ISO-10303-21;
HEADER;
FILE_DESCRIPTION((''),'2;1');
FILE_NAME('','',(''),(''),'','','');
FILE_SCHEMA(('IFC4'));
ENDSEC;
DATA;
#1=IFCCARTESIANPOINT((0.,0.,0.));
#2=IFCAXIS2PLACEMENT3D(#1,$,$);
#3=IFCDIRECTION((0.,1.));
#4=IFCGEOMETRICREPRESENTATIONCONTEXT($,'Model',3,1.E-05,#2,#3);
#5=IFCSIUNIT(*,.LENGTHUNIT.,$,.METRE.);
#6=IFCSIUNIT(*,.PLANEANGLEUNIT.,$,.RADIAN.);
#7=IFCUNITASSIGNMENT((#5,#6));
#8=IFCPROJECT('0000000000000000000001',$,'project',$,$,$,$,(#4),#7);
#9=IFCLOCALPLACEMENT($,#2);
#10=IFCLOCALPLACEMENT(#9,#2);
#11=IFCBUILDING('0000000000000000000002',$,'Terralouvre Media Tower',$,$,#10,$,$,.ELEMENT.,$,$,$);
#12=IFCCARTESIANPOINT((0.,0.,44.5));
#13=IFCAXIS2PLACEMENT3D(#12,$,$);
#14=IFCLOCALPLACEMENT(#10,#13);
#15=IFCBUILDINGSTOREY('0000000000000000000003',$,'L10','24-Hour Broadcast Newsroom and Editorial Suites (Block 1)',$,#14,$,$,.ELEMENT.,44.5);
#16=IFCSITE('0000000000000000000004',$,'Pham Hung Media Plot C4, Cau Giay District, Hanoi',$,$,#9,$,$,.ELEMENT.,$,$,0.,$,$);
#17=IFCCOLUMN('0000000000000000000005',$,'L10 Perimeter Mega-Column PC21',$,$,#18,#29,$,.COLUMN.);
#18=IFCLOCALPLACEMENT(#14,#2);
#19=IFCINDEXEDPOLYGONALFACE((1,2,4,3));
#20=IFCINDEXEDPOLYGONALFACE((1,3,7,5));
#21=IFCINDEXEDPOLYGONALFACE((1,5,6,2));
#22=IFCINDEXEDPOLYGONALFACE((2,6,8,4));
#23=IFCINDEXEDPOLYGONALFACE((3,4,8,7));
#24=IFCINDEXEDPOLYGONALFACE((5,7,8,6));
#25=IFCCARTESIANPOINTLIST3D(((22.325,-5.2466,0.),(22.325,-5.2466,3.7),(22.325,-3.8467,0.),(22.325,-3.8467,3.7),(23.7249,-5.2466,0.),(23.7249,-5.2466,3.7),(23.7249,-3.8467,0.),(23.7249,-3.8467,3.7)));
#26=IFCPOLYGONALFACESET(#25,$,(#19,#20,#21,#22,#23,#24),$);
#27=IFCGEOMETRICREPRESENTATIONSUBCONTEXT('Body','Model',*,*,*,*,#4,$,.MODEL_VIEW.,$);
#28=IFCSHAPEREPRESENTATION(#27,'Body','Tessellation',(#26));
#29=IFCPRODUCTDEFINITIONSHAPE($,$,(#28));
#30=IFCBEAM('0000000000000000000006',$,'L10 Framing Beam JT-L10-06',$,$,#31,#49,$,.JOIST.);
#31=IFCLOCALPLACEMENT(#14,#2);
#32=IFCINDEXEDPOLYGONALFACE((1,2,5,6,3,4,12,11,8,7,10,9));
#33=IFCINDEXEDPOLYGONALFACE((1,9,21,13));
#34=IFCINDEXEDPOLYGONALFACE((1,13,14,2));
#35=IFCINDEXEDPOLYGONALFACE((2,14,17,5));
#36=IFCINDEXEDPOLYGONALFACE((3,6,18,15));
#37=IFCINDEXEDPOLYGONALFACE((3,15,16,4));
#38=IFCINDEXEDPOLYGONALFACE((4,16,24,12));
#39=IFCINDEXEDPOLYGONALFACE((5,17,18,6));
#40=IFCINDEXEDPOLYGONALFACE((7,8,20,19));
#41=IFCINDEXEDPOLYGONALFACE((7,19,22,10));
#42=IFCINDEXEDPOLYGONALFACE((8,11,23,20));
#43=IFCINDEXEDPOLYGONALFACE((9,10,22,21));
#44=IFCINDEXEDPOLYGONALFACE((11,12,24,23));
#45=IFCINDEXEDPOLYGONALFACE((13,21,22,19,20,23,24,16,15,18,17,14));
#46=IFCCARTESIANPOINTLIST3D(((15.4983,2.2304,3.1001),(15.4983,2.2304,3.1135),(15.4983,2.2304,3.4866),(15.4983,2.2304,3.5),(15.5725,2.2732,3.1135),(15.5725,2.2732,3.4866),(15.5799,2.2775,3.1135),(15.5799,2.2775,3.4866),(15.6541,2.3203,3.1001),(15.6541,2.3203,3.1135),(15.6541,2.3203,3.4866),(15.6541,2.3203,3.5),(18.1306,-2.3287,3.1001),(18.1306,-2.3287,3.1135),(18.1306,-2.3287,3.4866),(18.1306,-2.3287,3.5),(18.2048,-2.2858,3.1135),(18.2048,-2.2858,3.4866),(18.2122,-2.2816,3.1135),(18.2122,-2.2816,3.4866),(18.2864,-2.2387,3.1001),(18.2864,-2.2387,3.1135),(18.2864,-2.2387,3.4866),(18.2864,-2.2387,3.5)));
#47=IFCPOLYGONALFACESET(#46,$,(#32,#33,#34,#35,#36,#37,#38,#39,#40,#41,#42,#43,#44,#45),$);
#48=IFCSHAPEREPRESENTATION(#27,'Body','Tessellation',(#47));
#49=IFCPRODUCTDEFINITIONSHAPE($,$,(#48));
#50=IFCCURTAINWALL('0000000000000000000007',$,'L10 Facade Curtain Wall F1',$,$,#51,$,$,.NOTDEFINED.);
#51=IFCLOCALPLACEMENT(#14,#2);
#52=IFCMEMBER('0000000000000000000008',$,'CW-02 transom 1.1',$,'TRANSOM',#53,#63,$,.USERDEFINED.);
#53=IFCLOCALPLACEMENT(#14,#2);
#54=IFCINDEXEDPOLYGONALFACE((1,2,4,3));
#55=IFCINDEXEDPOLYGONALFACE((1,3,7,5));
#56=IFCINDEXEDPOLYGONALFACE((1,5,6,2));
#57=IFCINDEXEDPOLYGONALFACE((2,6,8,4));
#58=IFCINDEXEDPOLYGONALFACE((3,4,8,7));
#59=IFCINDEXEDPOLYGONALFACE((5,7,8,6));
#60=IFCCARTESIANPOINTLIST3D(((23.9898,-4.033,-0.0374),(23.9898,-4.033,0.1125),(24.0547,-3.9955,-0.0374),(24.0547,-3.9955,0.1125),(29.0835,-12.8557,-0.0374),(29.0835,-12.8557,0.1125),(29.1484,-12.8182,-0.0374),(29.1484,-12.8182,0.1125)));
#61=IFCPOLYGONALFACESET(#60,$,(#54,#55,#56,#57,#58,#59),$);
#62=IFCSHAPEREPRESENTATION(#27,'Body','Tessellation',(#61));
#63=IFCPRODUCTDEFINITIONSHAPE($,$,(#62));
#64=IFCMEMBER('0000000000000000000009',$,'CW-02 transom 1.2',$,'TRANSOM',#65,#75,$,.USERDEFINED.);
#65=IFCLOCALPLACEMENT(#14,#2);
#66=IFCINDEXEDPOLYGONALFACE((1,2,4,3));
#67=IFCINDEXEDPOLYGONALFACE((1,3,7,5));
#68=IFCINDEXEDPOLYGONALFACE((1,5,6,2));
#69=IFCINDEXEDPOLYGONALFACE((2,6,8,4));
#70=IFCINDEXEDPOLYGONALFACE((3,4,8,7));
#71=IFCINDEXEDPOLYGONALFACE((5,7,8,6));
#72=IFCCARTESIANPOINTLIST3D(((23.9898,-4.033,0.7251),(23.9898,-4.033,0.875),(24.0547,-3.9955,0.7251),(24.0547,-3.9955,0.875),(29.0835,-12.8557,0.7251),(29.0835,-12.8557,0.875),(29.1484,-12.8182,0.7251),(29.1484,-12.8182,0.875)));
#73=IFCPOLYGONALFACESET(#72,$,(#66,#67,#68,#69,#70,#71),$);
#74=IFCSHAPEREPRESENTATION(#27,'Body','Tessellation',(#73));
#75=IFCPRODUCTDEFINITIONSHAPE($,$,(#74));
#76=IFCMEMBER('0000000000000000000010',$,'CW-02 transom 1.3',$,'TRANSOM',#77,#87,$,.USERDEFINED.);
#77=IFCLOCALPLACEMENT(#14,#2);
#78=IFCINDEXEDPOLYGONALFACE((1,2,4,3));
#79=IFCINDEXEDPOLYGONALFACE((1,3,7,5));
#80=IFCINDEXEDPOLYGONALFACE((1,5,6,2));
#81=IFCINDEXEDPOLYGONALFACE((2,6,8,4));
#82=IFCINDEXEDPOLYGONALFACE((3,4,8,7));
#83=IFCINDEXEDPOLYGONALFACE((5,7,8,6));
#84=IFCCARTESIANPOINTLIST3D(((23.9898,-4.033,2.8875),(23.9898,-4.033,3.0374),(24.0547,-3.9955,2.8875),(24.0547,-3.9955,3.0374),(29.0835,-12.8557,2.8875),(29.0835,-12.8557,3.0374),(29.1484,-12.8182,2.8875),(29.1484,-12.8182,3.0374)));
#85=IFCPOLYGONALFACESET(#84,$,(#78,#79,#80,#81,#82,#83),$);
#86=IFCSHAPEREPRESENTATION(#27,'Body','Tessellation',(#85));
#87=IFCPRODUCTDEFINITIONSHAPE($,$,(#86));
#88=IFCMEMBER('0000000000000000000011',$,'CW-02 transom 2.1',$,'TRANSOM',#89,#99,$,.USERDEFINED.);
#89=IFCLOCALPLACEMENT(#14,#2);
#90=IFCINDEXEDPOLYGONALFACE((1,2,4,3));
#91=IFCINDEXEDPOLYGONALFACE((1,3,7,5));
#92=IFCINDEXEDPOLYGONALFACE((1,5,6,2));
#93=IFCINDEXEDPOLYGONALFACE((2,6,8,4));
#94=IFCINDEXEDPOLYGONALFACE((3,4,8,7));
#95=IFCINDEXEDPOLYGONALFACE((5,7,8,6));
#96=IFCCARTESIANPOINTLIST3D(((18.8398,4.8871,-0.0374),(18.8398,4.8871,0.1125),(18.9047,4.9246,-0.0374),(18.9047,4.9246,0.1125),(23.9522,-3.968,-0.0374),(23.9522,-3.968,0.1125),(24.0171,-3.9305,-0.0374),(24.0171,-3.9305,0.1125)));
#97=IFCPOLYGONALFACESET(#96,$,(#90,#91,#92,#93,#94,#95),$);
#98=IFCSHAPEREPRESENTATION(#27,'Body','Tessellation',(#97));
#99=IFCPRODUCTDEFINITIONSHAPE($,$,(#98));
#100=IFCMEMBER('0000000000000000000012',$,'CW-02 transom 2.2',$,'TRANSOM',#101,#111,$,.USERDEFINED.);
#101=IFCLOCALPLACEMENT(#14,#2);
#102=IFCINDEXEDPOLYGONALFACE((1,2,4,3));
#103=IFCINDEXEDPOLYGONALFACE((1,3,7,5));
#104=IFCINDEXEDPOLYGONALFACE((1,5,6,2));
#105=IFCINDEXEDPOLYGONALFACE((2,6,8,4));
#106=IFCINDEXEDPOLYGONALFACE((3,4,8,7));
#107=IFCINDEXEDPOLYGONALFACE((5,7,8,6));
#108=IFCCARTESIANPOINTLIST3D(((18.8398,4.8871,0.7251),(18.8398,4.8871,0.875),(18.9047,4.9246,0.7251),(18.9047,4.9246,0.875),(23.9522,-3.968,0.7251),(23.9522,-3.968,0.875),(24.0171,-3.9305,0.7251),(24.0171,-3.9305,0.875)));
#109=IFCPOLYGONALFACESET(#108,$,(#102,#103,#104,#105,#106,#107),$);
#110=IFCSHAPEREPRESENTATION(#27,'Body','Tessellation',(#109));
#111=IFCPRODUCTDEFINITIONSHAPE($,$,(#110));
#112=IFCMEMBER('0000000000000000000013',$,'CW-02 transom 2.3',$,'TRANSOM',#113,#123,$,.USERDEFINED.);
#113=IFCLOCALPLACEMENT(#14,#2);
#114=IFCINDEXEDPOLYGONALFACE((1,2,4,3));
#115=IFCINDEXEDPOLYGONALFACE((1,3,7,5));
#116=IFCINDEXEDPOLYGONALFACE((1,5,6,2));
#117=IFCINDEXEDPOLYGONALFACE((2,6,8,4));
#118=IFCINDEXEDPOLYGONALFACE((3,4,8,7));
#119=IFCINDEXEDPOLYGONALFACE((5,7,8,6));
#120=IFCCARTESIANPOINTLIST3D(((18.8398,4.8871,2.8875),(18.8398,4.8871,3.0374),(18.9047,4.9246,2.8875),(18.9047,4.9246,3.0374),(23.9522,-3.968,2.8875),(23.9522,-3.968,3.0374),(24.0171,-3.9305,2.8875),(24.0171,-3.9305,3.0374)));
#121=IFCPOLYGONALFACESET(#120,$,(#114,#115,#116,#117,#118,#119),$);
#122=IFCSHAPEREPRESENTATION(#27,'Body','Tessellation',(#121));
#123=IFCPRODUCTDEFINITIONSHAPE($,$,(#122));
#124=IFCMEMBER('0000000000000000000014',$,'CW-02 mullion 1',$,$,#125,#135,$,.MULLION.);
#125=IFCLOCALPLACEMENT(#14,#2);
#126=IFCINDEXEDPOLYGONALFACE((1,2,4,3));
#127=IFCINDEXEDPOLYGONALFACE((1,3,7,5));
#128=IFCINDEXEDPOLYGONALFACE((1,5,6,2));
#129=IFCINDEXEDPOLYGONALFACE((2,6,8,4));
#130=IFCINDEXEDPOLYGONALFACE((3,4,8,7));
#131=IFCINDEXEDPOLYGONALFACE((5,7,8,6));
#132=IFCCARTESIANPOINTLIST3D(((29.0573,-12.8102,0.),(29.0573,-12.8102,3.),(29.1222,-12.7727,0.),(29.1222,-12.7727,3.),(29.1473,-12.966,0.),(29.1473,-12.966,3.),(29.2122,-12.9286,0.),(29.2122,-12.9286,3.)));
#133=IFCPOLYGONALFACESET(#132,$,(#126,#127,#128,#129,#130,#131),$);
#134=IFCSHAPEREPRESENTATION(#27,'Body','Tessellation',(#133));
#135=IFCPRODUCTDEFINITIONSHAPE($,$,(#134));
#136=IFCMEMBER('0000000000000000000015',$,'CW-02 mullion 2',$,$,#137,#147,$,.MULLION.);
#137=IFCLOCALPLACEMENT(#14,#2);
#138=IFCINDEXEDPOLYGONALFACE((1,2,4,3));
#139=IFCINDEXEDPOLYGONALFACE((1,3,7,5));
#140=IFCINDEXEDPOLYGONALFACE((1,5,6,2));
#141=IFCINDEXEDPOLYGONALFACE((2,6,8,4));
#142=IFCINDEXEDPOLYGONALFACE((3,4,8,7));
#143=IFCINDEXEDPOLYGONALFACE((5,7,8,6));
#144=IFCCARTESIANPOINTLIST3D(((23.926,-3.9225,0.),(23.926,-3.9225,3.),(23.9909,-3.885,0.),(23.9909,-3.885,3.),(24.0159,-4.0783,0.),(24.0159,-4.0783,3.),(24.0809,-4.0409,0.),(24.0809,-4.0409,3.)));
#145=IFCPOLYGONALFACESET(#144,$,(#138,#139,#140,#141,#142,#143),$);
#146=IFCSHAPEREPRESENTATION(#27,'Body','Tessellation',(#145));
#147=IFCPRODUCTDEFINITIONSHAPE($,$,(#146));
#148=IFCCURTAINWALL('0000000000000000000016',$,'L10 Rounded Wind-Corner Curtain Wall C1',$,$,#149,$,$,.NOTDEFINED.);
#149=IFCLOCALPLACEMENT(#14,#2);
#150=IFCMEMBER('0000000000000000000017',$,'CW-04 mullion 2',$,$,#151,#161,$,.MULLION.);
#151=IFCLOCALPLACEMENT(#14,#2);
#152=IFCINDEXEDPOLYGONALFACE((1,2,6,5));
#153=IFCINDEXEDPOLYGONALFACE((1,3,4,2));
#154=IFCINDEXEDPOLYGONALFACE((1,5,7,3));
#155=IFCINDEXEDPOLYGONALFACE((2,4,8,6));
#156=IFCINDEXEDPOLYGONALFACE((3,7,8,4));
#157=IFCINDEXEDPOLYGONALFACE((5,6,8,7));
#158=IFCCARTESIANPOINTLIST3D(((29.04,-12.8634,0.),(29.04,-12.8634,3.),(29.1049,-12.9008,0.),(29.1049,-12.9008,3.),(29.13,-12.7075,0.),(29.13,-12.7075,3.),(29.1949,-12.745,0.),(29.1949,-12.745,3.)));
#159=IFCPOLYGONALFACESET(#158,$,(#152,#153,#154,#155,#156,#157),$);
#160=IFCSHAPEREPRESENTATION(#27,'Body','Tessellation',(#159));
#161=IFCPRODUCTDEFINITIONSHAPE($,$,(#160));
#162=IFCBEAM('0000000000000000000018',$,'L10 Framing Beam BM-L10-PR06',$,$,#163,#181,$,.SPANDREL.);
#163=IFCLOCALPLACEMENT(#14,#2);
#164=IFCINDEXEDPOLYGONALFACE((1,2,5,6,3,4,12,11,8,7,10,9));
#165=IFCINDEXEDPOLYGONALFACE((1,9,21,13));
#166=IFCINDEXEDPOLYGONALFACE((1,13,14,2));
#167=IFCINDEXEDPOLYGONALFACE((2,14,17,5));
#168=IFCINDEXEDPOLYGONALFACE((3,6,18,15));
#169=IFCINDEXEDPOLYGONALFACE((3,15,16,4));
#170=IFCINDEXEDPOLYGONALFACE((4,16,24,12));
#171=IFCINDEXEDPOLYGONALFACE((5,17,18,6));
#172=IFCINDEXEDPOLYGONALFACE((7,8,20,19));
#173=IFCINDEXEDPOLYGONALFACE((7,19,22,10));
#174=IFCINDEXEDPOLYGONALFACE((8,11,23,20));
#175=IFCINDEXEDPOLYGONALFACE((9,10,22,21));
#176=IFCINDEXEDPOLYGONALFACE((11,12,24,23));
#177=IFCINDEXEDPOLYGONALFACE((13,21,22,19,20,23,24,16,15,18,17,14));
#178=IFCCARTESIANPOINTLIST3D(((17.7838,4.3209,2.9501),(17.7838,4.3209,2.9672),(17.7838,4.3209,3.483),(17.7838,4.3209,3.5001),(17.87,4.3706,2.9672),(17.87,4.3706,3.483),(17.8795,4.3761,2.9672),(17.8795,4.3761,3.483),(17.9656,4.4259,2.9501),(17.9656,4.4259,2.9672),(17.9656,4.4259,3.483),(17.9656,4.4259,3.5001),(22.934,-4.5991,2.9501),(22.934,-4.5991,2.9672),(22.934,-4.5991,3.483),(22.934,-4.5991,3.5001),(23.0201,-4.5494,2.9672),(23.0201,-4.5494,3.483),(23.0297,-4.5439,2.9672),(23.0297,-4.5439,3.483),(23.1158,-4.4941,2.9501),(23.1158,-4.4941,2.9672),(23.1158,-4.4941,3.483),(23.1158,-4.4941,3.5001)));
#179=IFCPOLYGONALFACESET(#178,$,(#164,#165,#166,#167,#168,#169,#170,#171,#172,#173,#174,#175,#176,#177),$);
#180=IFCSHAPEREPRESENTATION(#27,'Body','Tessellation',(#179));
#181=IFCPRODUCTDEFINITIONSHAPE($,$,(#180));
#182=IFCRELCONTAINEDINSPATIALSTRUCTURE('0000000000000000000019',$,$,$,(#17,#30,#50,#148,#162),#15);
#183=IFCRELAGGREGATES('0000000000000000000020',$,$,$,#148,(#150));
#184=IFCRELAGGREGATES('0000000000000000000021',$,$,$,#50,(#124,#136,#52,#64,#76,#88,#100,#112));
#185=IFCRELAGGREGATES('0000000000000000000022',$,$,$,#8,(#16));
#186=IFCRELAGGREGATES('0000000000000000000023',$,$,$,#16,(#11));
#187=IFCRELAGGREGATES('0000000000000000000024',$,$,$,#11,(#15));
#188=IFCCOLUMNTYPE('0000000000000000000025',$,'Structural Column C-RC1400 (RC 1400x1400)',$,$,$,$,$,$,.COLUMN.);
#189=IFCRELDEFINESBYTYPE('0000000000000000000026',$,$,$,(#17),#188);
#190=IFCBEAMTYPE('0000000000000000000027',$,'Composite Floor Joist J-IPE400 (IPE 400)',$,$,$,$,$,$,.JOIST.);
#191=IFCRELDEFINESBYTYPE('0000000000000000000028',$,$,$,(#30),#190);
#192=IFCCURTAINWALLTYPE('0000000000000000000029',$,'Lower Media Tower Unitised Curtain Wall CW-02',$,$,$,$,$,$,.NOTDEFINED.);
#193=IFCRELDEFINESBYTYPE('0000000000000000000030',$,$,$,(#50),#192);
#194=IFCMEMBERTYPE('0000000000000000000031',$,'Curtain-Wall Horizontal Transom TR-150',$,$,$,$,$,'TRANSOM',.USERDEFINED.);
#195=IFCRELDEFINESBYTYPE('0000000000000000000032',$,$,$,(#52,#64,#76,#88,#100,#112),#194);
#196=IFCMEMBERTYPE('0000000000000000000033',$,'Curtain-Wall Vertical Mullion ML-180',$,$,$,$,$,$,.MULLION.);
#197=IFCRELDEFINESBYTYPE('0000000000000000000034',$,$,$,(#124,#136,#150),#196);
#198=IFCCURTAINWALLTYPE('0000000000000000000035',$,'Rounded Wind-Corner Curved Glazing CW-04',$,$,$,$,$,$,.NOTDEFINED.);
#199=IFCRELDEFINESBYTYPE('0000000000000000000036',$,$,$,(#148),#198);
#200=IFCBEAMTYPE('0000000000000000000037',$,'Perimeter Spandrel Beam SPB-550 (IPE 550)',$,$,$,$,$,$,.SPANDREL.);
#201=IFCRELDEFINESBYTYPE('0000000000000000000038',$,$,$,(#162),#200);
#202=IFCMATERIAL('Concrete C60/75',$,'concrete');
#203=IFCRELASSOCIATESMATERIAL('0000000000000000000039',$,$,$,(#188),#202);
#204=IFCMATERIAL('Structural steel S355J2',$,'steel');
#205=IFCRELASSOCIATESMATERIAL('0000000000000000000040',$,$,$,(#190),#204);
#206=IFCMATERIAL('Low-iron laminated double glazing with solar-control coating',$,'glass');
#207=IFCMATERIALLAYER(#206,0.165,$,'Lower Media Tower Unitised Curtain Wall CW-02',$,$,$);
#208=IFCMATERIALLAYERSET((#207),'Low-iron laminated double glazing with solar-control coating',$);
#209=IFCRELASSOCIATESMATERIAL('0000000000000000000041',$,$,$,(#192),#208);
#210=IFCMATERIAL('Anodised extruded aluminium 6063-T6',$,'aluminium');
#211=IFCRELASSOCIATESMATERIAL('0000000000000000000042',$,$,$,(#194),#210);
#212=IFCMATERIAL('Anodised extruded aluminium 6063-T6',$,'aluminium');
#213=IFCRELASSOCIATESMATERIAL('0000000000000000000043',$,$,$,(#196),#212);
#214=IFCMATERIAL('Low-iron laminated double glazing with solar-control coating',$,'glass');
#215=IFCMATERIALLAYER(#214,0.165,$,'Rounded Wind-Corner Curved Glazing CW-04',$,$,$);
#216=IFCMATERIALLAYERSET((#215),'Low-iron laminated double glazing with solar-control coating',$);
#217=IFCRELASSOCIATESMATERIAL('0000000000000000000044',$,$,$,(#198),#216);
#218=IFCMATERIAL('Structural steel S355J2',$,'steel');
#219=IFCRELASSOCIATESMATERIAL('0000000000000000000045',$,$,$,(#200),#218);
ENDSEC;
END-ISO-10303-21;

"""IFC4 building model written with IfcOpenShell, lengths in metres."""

from ifc_helpers import new_model, si_unit, direction, frame, origin, origin_2d, place, context, subcontext, project, spatial, rectangle, i_section, extrude, material, layer, layer_set, material_profile, profile_set, type_object, element, aggregate, save


model = new_model("IFC4")

# Units and contexts
model_context = context("Model", 3, precision=1e-05, world=origin(), true_north=direction((0.0, 1.0)))
body_context = subcontext(model_context, "Body", "Model", "MODEL_VIEW")
ifc_project = project(units=[si_unit("LENGTHUNIT", "METRE"), si_unit("PLANEANGLEUNIT", "RADIAN")], contexts=[model_context])

# Site, building, storey
site_placement = place(None, origin())
site = spatial("IfcSite", under=ifc_project, at=site_placement, Name="Pham Hung Media Plot C4, Cau Giay District, Hanoi", CompositionType="ELEMENT", RefElevation=0.0)
building_placement = place(site_placement, origin())
building = spatial("IfcBuilding", under=site, at=building_placement, Name="Terralouvre Media Tower", CompositionType="ELEMENT")
storey_placement = place(building_placement, frame((0.0, 0.0, 44.5)))
storey = spatial("IfcBuildingStorey", under=building, at=storey_placement, Name="L10", Description="24-Hour Broadcast Newsroom and Editorial Suites (Block 1)", CompositionType="ELEMENT", Elevation=44.5)

# Column
ifc_material_1 = material(Name="Concrete C60/75", Category="concrete")
ifc_material_profile_1 = material_profile(ifc_material_1, rectangle(XDim=1.3999, YDim=1.3999, at=origin_2d()), Name="RC 1400x1400")
ifc_profile_set_1 = profile_set([ifc_material_profile_1], Name="Concrete C60/75")
column_type = type_object("IfcColumnType", Name="Structural Column C-RC1400 (RC 1400x1400)", PredefinedType="COLUMN", material=ifc_profile_set_1)
column_placement = place(storey_placement, frame((23.0249, -4.5466, 0.0), z_axis=(0.0, 0.0, 1.0), x_axis=(1.0, 0.0, 0.0)))
element("IfcColumn", 1, at=column_placement, inside=storey, type_object=column_type, Name="L10 Perimeter Mega-Column PC21", PredefinedType="COLUMN", context=body_context, shape_type="SweptSolid", body=[
    extrude(rectangle(XDim=1.3999, YDim=1.3999, at=origin_2d()), origin(), (0.0, 0.0, 1.0), 3.7),
])

# Beam
ifc_material_2 = material(Name="Structural steel S355J2", Category="steel")
ifc_material_profile_2 = material_profile(ifc_material_2, i_section(OverallWidth=0.1799, OverallDepth=0.3999, WebThickness=0.0085, FlangeThickness=0.0134, at=origin_2d()), Name="IPE 400")
ifc_profile_set_2 = profile_set([ifc_material_profile_2], Name="Structural steel S355J2")
beam_type_1 = type_object("IfcBeamType", Name="Composite Floor Joist J-IPE400 (IPE 400)", PredefinedType="JOIST", material=ifc_profile_set_2)
beam_1_placement = place(storey_placement, frame((18.2085, -2.2837, 3.3), z_axis=(-0.50002, 0.866014, 0.0), x_axis=(-0.866014, -0.50002, 0.0)))
element("IfcBeam", 2, at=beam_1_placement, inside=storey, type_object=beam_type_1, Name="L10 Framing Beam JT-L10-06", PredefinedType="JOIST", context=body_context, shape_type="SweptSolid", body=[
    extrude(i_section(OverallWidth=0.1799, OverallDepth=0.3999, WebThickness=0.0085, FlangeThickness=0.0134, at=origin_2d()), origin(), (0.0, 0.0, 1.0), 5.2644),
])

# Curtain wall, members
ifc_material_3 = material(Name="Low-iron laminated double glazing with solar-control coating", Category="glass")
ifc_layer_1 = layer(ifc_material_3, 0.165, Name="Lower Media Tower Unitised Curtain Wall CW-02")
ifc_layer_set_1 = layer_set([ifc_layer_1], Name="Low-iron laminated double glazing with solar-control coating")
curtain_wall_type_1 = type_object("IfcCurtainWallType", Name="Lower Media Tower Unitised Curtain Wall CW-02", PredefinedType="NOTDEFINED", material=ifc_layer_set_1)
curtain_wall_1_placement = place(storey_placement, origin())
curtain_wall_1 = element("IfcCurtainWall", 3, at=curtain_wall_1_placement, inside=storey, type_object=curtain_wall_type_1, Name="L10 Facade Curtain Wall F1", PredefinedType="NOTDEFINED")
ifc_material_4 = material(Name="Anodised extruded aluminium 6063-T6", Category="aluminium")
ifc_material_profile_3 = material_profile(ifc_material_4, rectangle(XDim=0.075, YDim=0.1499, at=origin_2d()), Name="ALU 75x150")
ifc_profile_set_3 = profile_set([ifc_material_profile_3], Name="Anodised extruded aluminium 6063-T6")
member_type_1 = type_object("IfcMemberType", Name="Curtain-Wall Horizontal Transom TR-150", ElementType="TRANSOM", PredefinedType="USERDEFINED", material=ifc_profile_set_3)
member_1_placement = place(storey_placement, frame((29.116, -12.8369, 0.0376), z_axis=(-0.499995, 0.866028, 0.0), x_axis=(-0.866028, -0.499995, 0.0)))
member_1 = element("IfcMember", 4, at=member_1_placement, type_object=member_type_1, Name="CW-02 transom 1.1", ObjectType="TRANSOM", PredefinedType="USERDEFINED", context=body_context, shape_type="SweptSolid", body=[
    extrude(rectangle(XDim=0.075, YDim=0.1499, at=origin_2d()), origin(), (0.0, 0.0, 1.0), 10.1875),
])
member_2_placement = place(storey_placement, frame((29.116, -12.8369, 0.8), z_axis=(-0.499995, 0.866028, 0.0), x_axis=(-0.866028, -0.499995, 0.0)))
member_2 = element("IfcMember", 5, at=member_2_placement, type_object=member_type_1, Name="CW-02 transom 1.2", ObjectType="TRANSOM", PredefinedType="USERDEFINED", context=body_context, shape_type="SweptSolid", body=[
    extrude(rectangle(XDim=0.075, YDim=0.1499, at=origin_2d()), origin(), (0.0, 0.0, 1.0), 10.1875),
])
member_3_placement = place(storey_placement, frame((29.116, -12.8369, 2.9624), z_axis=(-0.499995, 0.866028, 0.0), x_axis=(-0.866028, -0.499995, 0.0)))
member_3 = element("IfcMember", 6, at=member_3_placement, type_object=member_type_1, Name="CW-02 transom 1.3", ObjectType="TRANSOM", PredefinedType="USERDEFINED", context=body_context, shape_type="SweptSolid", body=[
    extrude(rectangle(XDim=0.075, YDim=0.1499, at=origin_2d()), origin(), (0.0, 0.0, 1.0), 10.1875),
])
member_4_placement = place(storey_placement, frame((23.9846, -3.9492, 0.0376), z_axis=(-0.499991, 0.866031, 0.0), x_axis=(-0.866031, -0.499991, 0.0)))
member_4 = element("IfcMember", 7, at=member_4_placement, type_object=member_type_1, Name="CW-02 transom 2.1", ObjectType="TRANSOM", PredefinedType="USERDEFINED", context=body_context, shape_type="SweptSolid", body=[
    extrude(rectangle(XDim=0.075, YDim=0.1499, at=origin_2d()), origin(), (0.0, 0.0, 1.0), 10.2249),
])
member_5_placement = place(storey_placement, frame((23.9846, -3.9492, 0.8), z_axis=(-0.499991, 0.866031, 0.0), x_axis=(-0.866031, -0.499991, 0.0)))
member_5 = element("IfcMember", 8, at=member_5_placement, type_object=member_type_1, Name="CW-02 transom 2.2", ObjectType="TRANSOM", PredefinedType="USERDEFINED", context=body_context, shape_type="SweptSolid", body=[
    extrude(rectangle(XDim=0.075, YDim=0.1499, at=origin_2d()), origin(), (0.0, 0.0, 1.0), 10.2249),
])
member_6_placement = place(storey_placement, frame((23.9846, -3.9492, 2.9624), z_axis=(-0.499991, 0.866031, 0.0), x_axis=(-0.866031, -0.499991, 0.0)))
member_6 = element("IfcMember", 9, at=member_6_placement, type_object=member_type_1, Name="CW-02 transom 2.3", ObjectType="TRANSOM", PredefinedType="USERDEFINED", context=body_context, shape_type="SweptSolid", body=[
    extrude(rectangle(XDim=0.075, YDim=0.1499, at=origin_2d()), origin(), (0.0, 0.0, 1.0), 10.2249),
])
ifc_material_5 = material(Name="Anodised extruded aluminium 6063-T6", Category="aluminium")
ifc_material_profile_4 = material_profile(ifc_material_5, rectangle(XDim=0.075, YDim=0.1799, at=origin_2d()), Name="ALU 75x180")
ifc_profile_set_4 = profile_set([ifc_material_profile_4], Name="Anodised extruded aluminium 6063-T6")
member_type_2 = type_object("IfcMemberType", Name="Curtain-Wall Vertical Mullion ML-180", PredefinedType="MULLION", material=ifc_profile_set_4)
member_7_placement = place(storey_placement, frame((29.1348, -12.8694, 0.0), z_axis=(0.0, 0.0, 1.0), x_axis=(-0.866025, -0.5, 0.0)))
member_7 = element("IfcMember", 10, at=member_7_placement, type_object=member_type_2, Name="CW-02 mullion 1", PredefinedType="MULLION", context=body_context, shape_type="SweptSolid", body=[
    extrude(rectangle(XDim=0.075, YDim=0.1799, at=origin_2d()), origin(), (0.0, 0.0, 1.0), 3.0),
])
member_8_placement = place(storey_placement, frame((24.0034, -3.9817, 0.0), z_axis=(0.0, 0.0, 1.0), x_axis=(-0.866025, -0.5, 0.0)))
member_8 = element("IfcMember", 11, at=member_8_placement, type_object=member_type_2, Name="CW-02 mullion 2", PredefinedType="MULLION", context=body_context, shape_type="SweptSolid", body=[
    extrude(rectangle(XDim=0.075, YDim=0.1799, at=origin_2d()), origin(), (0.0, 0.0, 1.0), 3.0),
])

# Curtain wall, member
ifc_material_6 = material(Name="Low-iron laminated double glazing with solar-control coating", Category="glass")
ifc_layer_2 = layer(ifc_material_6, 0.165, Name="Rounded Wind-Corner Curved Glazing CW-04")
ifc_layer_set_2 = layer_set([ifc_layer_2], Name="Low-iron laminated double glazing with solar-control coating")
curtain_wall_type_2 = type_object("IfcCurtainWallType", Name="Rounded Wind-Corner Curved Glazing CW-04", PredefinedType="NOTDEFINED", material=ifc_layer_set_2)
curtain_wall_2_placement = place(storey_placement, origin())
curtain_wall_2 = element("IfcCurtainWall", 12, at=curtain_wall_2_placement, inside=storey, type_object=curtain_wall_type_2, Name="L10 Rounded Wind-Corner Curtain Wall C1", PredefinedType="NOTDEFINED")
member_9_placement = place(storey_placement, frame((29.1174, -12.8042, 0.0), z_axis=(0.0, 0.0, 1.0), x_axis=(-0.866026, 0.5, 0.0)))
member_9 = element("IfcMember", 13, at=member_9_placement, type_object=member_type_2, Name="CW-04 mullion 2", PredefinedType="MULLION", context=body_context, shape_type="SweptSolid", body=[
    extrude(rectangle(XDim=0.075, YDim=0.1799, at=origin_2d()), origin(), (0.0, 0.0, 1.0), 3.0),
])
aggregate(curtain_wall_2, [member_9])

# Beam
ifc_material_7 = material(Name="Structural steel S355J2", Category="steel")
ifc_material_profile_5 = material_profile(ifc_material_7, i_section(OverallWidth=0.21, OverallDepth=0.55, WebThickness=0.011, FlangeThickness=0.0171, at=origin_2d()), Name="IPE 550")
ifc_profile_set_5 = profile_set([ifc_material_profile_5], Name="Structural steel S355J2")
beam_type_2 = type_object("IfcBeamType", Name="Perimeter Spandrel Beam SPB-550 (IPE 550)", PredefinedType="SPANDREL", material=ifc_profile_set_5)
beam_2_placement = place(storey_placement, frame((23.0249, -4.5466, 3.2251), z_axis=(-0.500017, 0.866016, 0.0), x_axis=(-0.866016, -0.500017, 0.0)))
element("IfcBeam", 14, at=beam_2_placement, inside=storey, type_object=beam_type_2, Name="L10 Framing Beam BM-L10-PR06", PredefinedType="SPANDREL", context=body_context, shape_type="SweptSolid", body=[
    extrude(i_section(OverallWidth=0.21, OverallDepth=0.55, WebThickness=0.011, FlangeThickness=0.0171, at=origin_2d()), origin(), (0.0, 0.0, 1.0), 10.3),
])

aggregate(curtain_wall_1, [member_7, member_8, member_1, member_2, member_3, member_4, member_5, member_6])

save(model, "model.ifc")
